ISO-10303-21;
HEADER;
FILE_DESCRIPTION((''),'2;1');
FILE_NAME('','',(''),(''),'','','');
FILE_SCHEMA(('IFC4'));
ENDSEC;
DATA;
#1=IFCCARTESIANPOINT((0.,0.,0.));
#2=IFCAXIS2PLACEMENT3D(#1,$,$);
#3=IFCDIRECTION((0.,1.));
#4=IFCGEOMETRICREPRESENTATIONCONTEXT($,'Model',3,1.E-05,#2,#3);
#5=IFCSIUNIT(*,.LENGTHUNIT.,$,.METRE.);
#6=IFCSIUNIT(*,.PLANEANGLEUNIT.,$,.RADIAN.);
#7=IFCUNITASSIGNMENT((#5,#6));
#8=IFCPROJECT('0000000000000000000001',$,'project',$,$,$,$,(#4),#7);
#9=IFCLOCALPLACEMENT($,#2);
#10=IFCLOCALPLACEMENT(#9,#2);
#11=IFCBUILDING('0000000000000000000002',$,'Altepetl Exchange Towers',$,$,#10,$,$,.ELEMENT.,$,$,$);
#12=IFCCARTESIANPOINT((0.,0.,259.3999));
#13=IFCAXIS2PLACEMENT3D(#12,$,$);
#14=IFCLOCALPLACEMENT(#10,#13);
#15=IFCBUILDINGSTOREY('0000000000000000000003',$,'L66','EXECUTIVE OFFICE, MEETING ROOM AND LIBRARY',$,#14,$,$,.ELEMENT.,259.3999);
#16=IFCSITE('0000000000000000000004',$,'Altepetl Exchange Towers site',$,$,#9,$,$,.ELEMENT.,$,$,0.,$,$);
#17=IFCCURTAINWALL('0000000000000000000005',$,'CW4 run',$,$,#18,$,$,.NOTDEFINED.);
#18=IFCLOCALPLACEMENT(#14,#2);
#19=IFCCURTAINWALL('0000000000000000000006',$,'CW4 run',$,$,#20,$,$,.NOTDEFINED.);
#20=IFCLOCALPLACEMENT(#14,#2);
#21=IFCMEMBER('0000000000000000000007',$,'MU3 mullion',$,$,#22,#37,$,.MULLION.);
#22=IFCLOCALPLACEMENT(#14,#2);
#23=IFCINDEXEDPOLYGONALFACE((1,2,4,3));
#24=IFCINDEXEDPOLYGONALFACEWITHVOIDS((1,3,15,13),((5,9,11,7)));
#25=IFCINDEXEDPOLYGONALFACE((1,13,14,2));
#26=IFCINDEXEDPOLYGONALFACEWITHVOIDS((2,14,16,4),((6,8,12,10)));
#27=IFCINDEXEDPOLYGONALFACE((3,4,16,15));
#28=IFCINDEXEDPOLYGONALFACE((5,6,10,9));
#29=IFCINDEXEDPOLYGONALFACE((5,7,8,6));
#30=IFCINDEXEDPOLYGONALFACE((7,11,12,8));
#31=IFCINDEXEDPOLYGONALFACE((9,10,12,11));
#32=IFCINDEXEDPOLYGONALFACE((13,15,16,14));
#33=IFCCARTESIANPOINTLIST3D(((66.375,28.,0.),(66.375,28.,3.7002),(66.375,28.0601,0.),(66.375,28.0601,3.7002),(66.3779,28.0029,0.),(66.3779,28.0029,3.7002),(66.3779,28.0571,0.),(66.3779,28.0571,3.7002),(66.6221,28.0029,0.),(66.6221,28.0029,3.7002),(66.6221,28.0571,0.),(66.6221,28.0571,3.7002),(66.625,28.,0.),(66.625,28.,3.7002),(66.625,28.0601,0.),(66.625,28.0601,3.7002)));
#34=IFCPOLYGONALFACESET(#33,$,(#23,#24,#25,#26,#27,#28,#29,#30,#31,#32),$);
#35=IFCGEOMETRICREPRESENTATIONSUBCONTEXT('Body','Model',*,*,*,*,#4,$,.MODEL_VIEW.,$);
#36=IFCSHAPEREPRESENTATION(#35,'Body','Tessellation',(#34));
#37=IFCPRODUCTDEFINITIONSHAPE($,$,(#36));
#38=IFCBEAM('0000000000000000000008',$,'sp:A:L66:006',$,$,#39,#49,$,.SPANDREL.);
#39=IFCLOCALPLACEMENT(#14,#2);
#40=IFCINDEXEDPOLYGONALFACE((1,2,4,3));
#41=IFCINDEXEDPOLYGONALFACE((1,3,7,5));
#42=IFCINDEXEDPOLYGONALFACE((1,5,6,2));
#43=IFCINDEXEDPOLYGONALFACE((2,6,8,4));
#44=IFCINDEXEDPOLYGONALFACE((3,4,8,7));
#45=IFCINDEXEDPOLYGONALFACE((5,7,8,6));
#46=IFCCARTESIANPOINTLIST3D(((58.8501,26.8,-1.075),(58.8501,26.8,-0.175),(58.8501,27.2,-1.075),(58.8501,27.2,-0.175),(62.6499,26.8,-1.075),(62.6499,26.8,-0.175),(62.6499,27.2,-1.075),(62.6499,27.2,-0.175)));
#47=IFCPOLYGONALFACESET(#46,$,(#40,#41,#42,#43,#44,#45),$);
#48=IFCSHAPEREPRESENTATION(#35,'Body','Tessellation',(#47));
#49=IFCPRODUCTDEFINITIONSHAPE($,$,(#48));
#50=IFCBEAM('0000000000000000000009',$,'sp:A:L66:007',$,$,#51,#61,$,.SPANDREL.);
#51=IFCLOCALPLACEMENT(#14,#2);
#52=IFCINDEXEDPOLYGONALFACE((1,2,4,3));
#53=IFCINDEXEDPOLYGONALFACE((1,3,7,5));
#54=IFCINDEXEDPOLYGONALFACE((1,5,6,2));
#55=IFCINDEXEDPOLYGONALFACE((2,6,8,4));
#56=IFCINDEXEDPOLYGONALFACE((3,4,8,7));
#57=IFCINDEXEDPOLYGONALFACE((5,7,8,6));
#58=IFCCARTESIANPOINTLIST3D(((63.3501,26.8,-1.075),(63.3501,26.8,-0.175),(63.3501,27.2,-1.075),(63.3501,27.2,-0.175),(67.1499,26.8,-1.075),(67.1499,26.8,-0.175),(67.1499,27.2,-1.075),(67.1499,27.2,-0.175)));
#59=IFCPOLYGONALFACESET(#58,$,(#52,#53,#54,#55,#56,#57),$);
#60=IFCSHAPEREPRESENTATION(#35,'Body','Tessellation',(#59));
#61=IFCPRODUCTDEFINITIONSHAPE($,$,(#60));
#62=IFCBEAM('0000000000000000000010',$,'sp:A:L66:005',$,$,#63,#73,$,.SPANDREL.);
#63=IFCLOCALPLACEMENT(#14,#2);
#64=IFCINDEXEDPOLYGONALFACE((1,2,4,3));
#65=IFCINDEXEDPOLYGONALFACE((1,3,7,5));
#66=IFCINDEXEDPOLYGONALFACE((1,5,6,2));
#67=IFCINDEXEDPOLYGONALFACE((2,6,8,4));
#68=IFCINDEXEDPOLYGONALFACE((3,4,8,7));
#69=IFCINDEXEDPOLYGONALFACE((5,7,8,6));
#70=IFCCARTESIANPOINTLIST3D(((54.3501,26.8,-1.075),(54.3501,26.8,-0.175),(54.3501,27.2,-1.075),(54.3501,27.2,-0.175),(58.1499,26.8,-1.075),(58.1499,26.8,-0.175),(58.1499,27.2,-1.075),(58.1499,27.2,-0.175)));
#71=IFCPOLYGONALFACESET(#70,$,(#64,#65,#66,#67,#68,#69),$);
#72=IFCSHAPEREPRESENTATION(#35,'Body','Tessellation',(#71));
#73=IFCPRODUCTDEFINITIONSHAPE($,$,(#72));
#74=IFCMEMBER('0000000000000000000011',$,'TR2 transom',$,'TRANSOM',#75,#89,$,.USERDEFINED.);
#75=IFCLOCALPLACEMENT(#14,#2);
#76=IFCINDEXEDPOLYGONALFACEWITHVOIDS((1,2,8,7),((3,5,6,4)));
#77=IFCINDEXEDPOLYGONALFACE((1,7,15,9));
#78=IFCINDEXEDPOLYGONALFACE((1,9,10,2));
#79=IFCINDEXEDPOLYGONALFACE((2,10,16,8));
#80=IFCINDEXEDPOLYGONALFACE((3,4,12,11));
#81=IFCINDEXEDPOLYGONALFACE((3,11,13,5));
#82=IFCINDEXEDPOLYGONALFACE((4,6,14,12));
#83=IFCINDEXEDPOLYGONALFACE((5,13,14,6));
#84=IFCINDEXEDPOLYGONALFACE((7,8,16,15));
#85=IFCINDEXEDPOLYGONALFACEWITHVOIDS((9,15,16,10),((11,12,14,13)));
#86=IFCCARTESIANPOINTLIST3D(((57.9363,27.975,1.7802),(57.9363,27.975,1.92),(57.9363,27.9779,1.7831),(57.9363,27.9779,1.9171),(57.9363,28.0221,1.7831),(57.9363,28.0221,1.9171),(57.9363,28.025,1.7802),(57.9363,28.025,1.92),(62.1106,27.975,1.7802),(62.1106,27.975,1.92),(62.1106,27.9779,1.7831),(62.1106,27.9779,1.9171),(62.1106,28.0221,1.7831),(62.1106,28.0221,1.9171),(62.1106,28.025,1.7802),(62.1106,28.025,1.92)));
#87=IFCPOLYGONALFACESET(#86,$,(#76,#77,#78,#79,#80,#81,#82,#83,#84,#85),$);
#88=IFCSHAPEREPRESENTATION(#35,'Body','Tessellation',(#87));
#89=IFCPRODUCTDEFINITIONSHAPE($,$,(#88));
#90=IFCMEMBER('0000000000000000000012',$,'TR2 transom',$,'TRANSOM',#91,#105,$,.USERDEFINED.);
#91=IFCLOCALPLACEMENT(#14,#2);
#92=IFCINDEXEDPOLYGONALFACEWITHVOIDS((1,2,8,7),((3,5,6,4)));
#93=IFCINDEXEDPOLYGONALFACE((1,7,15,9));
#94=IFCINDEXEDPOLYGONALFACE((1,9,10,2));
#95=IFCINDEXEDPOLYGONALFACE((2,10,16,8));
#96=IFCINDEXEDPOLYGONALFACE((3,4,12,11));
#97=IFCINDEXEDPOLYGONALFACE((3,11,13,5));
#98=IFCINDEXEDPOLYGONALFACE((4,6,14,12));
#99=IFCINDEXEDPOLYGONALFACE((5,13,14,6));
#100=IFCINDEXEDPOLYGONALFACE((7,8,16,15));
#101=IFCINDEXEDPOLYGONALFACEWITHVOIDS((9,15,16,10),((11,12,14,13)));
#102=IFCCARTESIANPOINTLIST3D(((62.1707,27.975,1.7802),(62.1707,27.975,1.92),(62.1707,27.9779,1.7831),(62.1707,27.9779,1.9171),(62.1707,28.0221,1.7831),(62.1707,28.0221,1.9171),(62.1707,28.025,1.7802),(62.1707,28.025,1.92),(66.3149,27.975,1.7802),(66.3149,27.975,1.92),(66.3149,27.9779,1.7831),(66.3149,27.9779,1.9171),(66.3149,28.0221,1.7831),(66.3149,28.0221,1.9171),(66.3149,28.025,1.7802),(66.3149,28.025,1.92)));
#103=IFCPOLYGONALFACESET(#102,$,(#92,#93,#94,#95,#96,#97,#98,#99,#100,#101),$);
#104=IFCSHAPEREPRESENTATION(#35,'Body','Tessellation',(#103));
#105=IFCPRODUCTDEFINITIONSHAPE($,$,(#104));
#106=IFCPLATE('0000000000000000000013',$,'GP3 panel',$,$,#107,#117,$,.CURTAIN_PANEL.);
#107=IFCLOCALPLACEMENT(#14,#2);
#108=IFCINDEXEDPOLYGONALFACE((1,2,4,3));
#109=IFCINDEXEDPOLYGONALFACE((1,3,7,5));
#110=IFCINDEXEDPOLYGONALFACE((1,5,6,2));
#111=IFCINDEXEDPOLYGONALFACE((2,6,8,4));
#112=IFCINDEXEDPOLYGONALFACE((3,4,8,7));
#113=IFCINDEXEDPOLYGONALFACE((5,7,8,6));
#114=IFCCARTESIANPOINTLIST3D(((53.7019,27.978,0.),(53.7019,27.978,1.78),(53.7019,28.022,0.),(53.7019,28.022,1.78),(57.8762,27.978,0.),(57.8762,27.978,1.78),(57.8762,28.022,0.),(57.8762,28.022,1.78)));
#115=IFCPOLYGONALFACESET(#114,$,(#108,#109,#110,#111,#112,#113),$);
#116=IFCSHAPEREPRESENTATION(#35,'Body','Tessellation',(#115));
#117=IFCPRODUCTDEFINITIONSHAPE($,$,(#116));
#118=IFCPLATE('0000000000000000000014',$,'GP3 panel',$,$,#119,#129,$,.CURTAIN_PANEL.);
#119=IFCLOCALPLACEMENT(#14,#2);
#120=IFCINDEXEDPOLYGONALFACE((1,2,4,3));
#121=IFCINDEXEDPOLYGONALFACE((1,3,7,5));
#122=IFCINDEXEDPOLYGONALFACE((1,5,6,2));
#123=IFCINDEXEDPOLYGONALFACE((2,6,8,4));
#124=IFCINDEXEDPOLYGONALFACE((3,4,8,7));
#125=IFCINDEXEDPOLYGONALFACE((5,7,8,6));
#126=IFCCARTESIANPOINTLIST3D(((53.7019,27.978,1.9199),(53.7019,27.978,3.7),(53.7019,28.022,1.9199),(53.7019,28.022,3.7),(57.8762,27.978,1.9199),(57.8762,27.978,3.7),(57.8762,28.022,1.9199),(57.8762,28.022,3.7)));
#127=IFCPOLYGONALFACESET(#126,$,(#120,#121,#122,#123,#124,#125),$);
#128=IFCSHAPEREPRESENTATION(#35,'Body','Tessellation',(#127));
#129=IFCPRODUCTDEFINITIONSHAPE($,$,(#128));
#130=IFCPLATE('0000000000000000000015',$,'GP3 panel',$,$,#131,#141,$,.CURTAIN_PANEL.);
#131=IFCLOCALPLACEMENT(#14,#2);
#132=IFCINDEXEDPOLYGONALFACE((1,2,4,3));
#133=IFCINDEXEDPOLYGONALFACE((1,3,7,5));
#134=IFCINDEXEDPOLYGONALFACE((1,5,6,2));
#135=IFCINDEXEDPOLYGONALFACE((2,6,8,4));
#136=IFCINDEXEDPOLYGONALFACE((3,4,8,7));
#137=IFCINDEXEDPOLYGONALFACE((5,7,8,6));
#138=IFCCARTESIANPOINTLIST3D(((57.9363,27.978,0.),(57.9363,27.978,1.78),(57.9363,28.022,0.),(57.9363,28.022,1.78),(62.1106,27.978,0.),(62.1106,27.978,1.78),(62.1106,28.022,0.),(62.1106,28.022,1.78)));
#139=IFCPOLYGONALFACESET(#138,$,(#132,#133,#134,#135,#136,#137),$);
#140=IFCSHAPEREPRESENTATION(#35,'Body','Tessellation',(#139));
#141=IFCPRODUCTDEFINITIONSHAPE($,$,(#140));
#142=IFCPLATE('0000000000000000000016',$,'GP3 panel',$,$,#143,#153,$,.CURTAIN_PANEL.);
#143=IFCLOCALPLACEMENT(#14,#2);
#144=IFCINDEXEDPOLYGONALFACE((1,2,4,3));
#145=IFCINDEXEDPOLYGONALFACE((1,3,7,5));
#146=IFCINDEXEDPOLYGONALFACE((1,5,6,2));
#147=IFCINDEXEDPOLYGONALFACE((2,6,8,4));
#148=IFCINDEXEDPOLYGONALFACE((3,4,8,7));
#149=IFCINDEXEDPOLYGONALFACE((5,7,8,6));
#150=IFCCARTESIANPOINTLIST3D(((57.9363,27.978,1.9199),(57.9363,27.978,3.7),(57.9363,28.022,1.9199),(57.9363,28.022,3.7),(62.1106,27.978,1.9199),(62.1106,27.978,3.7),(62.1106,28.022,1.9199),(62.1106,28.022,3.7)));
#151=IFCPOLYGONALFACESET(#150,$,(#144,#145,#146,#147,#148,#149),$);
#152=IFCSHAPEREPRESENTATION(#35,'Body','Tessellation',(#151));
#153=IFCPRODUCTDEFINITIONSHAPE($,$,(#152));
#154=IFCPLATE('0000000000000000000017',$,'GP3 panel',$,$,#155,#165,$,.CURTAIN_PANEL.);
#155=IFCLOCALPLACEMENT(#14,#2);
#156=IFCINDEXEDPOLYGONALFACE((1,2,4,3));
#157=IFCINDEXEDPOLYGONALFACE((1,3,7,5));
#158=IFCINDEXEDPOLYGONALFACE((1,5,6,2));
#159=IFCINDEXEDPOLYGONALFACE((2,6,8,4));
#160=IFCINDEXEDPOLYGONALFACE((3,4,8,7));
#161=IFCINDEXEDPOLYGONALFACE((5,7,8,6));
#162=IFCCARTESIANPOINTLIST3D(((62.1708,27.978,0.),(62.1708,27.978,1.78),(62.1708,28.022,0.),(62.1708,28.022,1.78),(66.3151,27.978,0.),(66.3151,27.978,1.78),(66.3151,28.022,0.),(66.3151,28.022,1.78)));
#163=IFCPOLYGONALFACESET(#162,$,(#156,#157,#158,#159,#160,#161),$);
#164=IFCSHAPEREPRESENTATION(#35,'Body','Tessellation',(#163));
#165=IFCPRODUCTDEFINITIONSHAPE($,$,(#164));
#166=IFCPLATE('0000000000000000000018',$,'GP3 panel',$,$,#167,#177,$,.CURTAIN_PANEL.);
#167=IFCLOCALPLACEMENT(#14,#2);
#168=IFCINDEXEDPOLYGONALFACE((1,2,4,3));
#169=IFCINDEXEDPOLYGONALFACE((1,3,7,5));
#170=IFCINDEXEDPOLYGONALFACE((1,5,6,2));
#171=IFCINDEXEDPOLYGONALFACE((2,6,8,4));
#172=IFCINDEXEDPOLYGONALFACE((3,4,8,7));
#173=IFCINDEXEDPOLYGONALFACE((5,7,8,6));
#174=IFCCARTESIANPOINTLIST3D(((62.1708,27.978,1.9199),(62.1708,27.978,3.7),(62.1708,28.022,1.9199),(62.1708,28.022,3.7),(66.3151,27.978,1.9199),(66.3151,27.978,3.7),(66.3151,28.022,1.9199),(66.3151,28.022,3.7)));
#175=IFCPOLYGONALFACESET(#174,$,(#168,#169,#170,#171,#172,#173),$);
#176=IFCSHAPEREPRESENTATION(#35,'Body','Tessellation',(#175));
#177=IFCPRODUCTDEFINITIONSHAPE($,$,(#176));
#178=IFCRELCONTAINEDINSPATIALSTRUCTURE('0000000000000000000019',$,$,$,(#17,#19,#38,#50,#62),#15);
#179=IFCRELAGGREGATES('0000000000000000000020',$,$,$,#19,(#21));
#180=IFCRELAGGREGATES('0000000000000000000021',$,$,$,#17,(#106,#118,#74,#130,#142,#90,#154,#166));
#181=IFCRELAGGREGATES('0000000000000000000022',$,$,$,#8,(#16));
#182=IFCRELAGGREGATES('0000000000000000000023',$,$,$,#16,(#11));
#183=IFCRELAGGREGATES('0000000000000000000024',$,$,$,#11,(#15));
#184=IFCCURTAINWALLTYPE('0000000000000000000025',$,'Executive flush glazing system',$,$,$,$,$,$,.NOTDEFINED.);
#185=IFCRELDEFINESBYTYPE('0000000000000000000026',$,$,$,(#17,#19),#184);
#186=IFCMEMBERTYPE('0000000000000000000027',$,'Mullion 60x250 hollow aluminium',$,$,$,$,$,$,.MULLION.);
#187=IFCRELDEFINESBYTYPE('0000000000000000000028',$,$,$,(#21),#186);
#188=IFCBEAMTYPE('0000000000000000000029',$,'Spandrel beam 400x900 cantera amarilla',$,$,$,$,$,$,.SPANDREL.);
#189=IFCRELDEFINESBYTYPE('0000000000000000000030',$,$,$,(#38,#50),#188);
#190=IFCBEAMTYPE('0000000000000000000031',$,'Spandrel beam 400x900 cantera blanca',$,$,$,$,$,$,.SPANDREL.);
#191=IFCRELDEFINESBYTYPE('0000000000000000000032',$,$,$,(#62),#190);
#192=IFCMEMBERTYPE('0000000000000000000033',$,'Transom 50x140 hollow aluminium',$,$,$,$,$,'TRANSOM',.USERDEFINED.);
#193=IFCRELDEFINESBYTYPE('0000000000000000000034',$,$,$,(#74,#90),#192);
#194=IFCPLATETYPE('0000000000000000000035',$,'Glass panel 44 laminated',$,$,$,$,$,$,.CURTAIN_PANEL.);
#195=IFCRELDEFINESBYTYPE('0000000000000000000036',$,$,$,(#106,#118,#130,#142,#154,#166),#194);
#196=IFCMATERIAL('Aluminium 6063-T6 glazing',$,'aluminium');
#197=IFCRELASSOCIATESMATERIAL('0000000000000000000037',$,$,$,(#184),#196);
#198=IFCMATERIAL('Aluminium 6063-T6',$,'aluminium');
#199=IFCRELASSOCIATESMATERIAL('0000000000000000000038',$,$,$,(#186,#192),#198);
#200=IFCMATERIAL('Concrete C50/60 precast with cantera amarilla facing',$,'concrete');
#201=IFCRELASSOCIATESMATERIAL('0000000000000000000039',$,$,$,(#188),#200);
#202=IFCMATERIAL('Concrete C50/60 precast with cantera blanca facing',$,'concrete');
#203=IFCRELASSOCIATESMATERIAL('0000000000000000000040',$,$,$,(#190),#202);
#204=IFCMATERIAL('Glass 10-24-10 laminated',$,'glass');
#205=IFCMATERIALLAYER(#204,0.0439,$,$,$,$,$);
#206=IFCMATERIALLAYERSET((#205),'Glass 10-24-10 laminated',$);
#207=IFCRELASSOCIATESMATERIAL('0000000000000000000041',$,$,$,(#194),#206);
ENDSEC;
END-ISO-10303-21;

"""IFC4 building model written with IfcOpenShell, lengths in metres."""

from ifc_helpers import new_model, si_unit, direction, frame, origin, origin_2d, place, context, subcontext, project, spatial, rectangle, hollow_rectangle, extrude, material, layer, layer_set, material_profile, profile_set, type_object, element, aggregate, save


model = new_model("IFC4")

# Units and contexts
model_context = context("Model", 3, precision=1e-05, world=origin(), true_north=direction((0.0, 1.0)))
body_context = subcontext(model_context, "Body", "Model", "MODEL_VIEW")
ifc_project = project(units=[si_unit("LENGTHUNIT", "METRE"), si_unit("PLANEANGLEUNIT", "RADIAN")], contexts=[model_context])

# Site, building, storey
site_placement = place(None, origin())
site = spatial("IfcSite", under=ifc_project, at=site_placement, Name="Altepetl Exchange Towers site", CompositionType="ELEMENT", RefElevation=0.0)
building_placement = place(site_placement, origin())
building = spatial("IfcBuilding", under=site, at=building_placement, Name="Altepetl Exchange Towers", CompositionType="ELEMENT")
storey_placement = place(building_placement, frame((0.0, 0.0, 259.3999)))
storey = spatial("IfcBuildingStorey", under=building, at=storey_placement, Name="L66", Description="EXECUTIVE OFFICE, MEETING ROOM AND LIBRARY", CompositionType="ELEMENT", Elevation=259.3999)

# Curtain wall
ifc_material_1 = material(Name="Aluminium 6063-T6 glazing", Category="aluminium")
curtain_wall_type = type_object("IfcCurtainWallType", Name="Executive flush glazing system", PredefinedType="NOTDEFINED", material=ifc_material_1)
curtain_wall_1_placement = place(storey_placement, origin())
curtain_wall_1 = element("IfcCurtainWall", 1, at=curtain_wall_1_placement, inside=storey, type_object=curtain_wall_type, Name="CW4 run", PredefinedType="NOTDEFINED")
ifc_material_2 = material(Name="Aluminium 6063-T6", Category="aluminium")
ifc_material_profile_1 = material_profile(ifc_material_2, hollow_rectangle(XDim=0.0601, YDim=0.25, WallThickness=0.0029, at=origin_2d()), Name="Mullion 60x250 hollow aluminium")
ifc_profile_set_1 = profile_set([ifc_material_profile_1], Name="Aluminium 6063-T6")
member_type_1 = type_object("IfcMemberType", Name="Mullion 60x250 hollow aluminium", PredefinedType="MULLION", material=ifc_profile_set_1)

# Curtain wall, member
curtain_wall_2_placement = place(storey_placement, origin())
curtain_wall_2 = element("IfcCurtainWall", 2, at=curtain_wall_2_placement, inside=storey, type_object=curtain_wall_type, Name="CW4 run", PredefinedType="NOTDEFINED")
member_1_placement = place(storey_placement, frame((66.5, 28.03, 0.0), z_axis=(0.0, 0.0, 1.0), x_axis=(0.0, 1.0, 0.0)))
member_1 = element("IfcMember", 3, at=member_1_placement, type_object=member_type_1, Name="MU3 mullion", PredefinedType="MULLION", context=body_context, shape_type="SweptSolid", body=[
    extrude(hollow_rectangle(XDim=0.0601, YDim=0.25, WallThickness=0.0029, at=origin_2d()), origin(), (0.0, 0.0, 1.0), 3.7002),
])
aggregate(curtain_wall_2, [member_1])

# Beams
ifc_material_3 = material(Name="Concrete C50/60 precast with cantera amarilla facing", Category="concrete")
ifc_material_profile_2 = material_profile(ifc_material_3, rectangle(XDim=0.3999, YDim=0.8999, at=origin_2d()), Name="400 x 900")
ifc_profile_set_2 = profile_set([ifc_material_profile_2], Name="Concrete C50/60 precast with cantera amarilla facing")
beam_type_1 = type_object("IfcBeamType", Name="Spandrel beam 400x900 cantera amarilla", PredefinedType="SPANDREL", material=ifc_profile_set_2)
for number, where, z_axis, x_axis, name in (
    (4, (58.8501, 27.0, -0.625), (1.0, 0.0, 0.0), (0.0, 1.0, 0.0), "sp:A:L66:006"),
    (5, (63.3501, 27.0, -0.625), (1.0, 0.0, 0.0), (0.0, 1.0, 0.0), "sp:A:L66:007"),
):
    element("IfcBeam", number, at=place(storey_placement, frame(where, z_axis=z_axis, x_axis=x_axis)), inside=storey, type_object=beam_type_1, Name=name, PredefinedType="SPANDREL", context=body_context, shape_type="SweptSolid", body=[
        extrude(rectangle(XDim=0.3999, YDim=0.8999, at=origin_2d()), origin(), (0.0, 0.0, 1.0), 3.7998),
    ])
ifc_material_4 = material(Name="Concrete C50/60 precast with cantera blanca facing", Category="concrete")
ifc_material_profile_3 = material_profile(ifc_material_4, rectangle(XDim=0.3999, YDim=0.8999, at=origin_2d()), Name="400 x 900")
ifc_profile_set_3 = profile_set([ifc_material_profile_3], Name="Concrete C50/60 precast with cantera blanca facing")
beam_type_2 = type_object("IfcBeamType", Name="Spandrel beam 400x900 cantera blanca", PredefinedType="SPANDREL", material=ifc_profile_set_3)
beam_1_placement = place(storey_placement, frame((54.3501, 27.0, -0.625), z_axis=(1.0, 0.0, 0.0), x_axis=(0.0, 1.0, 0.0)))
element("IfcBeam", 6, at=beam_1_placement, inside=storey, type_object=beam_type_2, Name="sp:A:L66:005", PredefinedType="SPANDREL", context=body_context, shape_type="SweptSolid", body=[
    extrude(rectangle(XDim=0.3999, YDim=0.8999, at=origin_2d()), origin(), (0.0, 0.0, 1.0), 3.7998),
])

# Members
ifc_material_profile_4 = material_profile(ifc_material_2, hollow_rectangle(XDim=0.05, YDim=0.1399, WallThickness=0.0029, at=origin_2d()), Name="Transom 50x140 hollow aluminium")
ifc_profile_set_4 = profile_set([ifc_material_profile_4], Name="Aluminium 6063-T6")
member_type_2 = type_object("IfcMemberType", Name="Transom 50x140 hollow aluminium", ElementType="TRANSOM", PredefinedType="USERDEFINED", material=ifc_profile_set_4)
member_2_placement = place(storey_placement, frame((57.9363, 28.0, 1.8501), z_axis=(1.0, 0.0, 0.0), x_axis=(0.0, 1.0, 0.0)))
member_2 = element("IfcMember", 7, at=member_2_placement, type_object=member_type_2, Name="TR2 transom", ObjectType="TRANSOM", PredefinedType="USERDEFINED", context=body_context, shape_type="SweptSolid", body=[
    extrude(hollow_rectangle(XDim=0.05, YDim=0.1399, WallThickness=0.0029, at=origin_2d()), origin(), (0.0, 0.0, 1.0), 4.1743),
])
member_3_placement = place(storey_placement, frame((62.1707, 28.0, 1.8501), z_axis=(1.0, 0.0, 0.0), x_axis=(0.0, 1.0, 0.0)))
member_3 = element("IfcMember", 8, at=member_3_placement, type_object=member_type_2, Name="TR2 transom", ObjectType="TRANSOM", PredefinedType="USERDEFINED", context=body_context, shape_type="SweptSolid", body=[
    extrude(hollow_rectangle(XDim=0.05, YDim=0.1399, WallThickness=0.0029, at=origin_2d()), origin(), (0.0, 0.0, 1.0), 4.1443),
])

# Plates
ifc_material_5 = material(Name="Glass 10-24-10 laminated", Category="glass")
ifc_layer_1 = layer(ifc_material_5, 0.0439)
ifc_layer_set_1 = layer_set([ifc_layer_1], Name="Glass 10-24-10 laminated")
plate_type = type_object("IfcPlateType", Name="Glass panel 44 laminated", PredefinedType="CURTAIN_PANEL", material=ifc_layer_set_1)
plate_1_placement = place(storey_placement, frame((55.7891, 28.0, 0.0)))
plate_1 = element("IfcPlate", 9, at=plate_1_placement, type_object=plate_type, Name="GP3 panel", PredefinedType="CURTAIN_PANEL", context=body_context, shape_type="SweptSolid", body=[
    extrude(rectangle(XDim=4.1743, YDim=0.0439, at=origin_2d()), origin(), (0.0, 0.0, 1.0), 1.78),
])
plate_2_placement = place(storey_placement, frame((55.7891, 28.0, 1.9199)))
plate_2 = element("IfcPlate", 10, at=plate_2_placement, type_object=plate_type, Name="GP3 panel", PredefinedType="CURTAIN_PANEL", context=body_context, shape_type="SweptSolid", body=[
    extrude(rectangle(XDim=4.1743, YDim=0.0439, at=origin_2d()), origin(), (0.0, 0.0, 1.0), 1.78),
])
plate_3_placement = place(storey_placement, frame((60.0234, 28.0, 0.0)))
plate_3 = element("IfcPlate", 11, at=plate_3_placement, type_object=plate_type, Name="GP3 panel", PredefinedType="CURTAIN_PANEL", context=body_context, shape_type="SweptSolid", body=[
    extrude(rectangle(XDim=4.1743, YDim=0.0439, at=origin_2d()), origin(), (0.0, 0.0, 1.0), 1.78),
])
plate_4_placement = place(storey_placement, frame((60.0234, 28.0, 1.9199)))
plate_4 = element("IfcPlate", 12, at=plate_4_placement, type_object=plate_type, Name="GP3 panel", PredefinedType="CURTAIN_PANEL", context=body_context, shape_type="SweptSolid", body=[
    extrude(rectangle(XDim=4.1743, YDim=0.0439, at=origin_2d()), origin(), (0.0, 0.0, 1.0), 1.78),
])
plate_5_placement = place(storey_placement, frame((64.2429, 28.0, 0.0)))
plate_5 = element("IfcPlate", 13, at=plate_5_placement, type_object=plate_type, Name="GP3 panel", PredefinedType="CURTAIN_PANEL", context=body_context, shape_type="SweptSolid", body=[
    extrude(rectangle(XDim=4.1443, YDim=0.0439, at=origin_2d()), origin(), (0.0, 0.0, 1.0), 1.78),
])
plate_6_placement = place(storey_placement, frame((64.2429, 28.0, 1.9199)))
plate_6 = element("IfcPlate", 14, at=plate_6_placement, type_object=plate_type, Name="GP3 panel", PredefinedType="CURTAIN_PANEL", context=body_context, shape_type="SweptSolid", body=[
    extrude(rectangle(XDim=4.1443, YDim=0.0439, at=origin_2d()), origin(), (0.0, 0.0, 1.0), 1.78),
])
aggregate(curtain_wall_1, [plate_1, plate_2, member_2, plate_3, plate_4, member_3, plate_5, plate_6])

save(model, "model.ifc")
